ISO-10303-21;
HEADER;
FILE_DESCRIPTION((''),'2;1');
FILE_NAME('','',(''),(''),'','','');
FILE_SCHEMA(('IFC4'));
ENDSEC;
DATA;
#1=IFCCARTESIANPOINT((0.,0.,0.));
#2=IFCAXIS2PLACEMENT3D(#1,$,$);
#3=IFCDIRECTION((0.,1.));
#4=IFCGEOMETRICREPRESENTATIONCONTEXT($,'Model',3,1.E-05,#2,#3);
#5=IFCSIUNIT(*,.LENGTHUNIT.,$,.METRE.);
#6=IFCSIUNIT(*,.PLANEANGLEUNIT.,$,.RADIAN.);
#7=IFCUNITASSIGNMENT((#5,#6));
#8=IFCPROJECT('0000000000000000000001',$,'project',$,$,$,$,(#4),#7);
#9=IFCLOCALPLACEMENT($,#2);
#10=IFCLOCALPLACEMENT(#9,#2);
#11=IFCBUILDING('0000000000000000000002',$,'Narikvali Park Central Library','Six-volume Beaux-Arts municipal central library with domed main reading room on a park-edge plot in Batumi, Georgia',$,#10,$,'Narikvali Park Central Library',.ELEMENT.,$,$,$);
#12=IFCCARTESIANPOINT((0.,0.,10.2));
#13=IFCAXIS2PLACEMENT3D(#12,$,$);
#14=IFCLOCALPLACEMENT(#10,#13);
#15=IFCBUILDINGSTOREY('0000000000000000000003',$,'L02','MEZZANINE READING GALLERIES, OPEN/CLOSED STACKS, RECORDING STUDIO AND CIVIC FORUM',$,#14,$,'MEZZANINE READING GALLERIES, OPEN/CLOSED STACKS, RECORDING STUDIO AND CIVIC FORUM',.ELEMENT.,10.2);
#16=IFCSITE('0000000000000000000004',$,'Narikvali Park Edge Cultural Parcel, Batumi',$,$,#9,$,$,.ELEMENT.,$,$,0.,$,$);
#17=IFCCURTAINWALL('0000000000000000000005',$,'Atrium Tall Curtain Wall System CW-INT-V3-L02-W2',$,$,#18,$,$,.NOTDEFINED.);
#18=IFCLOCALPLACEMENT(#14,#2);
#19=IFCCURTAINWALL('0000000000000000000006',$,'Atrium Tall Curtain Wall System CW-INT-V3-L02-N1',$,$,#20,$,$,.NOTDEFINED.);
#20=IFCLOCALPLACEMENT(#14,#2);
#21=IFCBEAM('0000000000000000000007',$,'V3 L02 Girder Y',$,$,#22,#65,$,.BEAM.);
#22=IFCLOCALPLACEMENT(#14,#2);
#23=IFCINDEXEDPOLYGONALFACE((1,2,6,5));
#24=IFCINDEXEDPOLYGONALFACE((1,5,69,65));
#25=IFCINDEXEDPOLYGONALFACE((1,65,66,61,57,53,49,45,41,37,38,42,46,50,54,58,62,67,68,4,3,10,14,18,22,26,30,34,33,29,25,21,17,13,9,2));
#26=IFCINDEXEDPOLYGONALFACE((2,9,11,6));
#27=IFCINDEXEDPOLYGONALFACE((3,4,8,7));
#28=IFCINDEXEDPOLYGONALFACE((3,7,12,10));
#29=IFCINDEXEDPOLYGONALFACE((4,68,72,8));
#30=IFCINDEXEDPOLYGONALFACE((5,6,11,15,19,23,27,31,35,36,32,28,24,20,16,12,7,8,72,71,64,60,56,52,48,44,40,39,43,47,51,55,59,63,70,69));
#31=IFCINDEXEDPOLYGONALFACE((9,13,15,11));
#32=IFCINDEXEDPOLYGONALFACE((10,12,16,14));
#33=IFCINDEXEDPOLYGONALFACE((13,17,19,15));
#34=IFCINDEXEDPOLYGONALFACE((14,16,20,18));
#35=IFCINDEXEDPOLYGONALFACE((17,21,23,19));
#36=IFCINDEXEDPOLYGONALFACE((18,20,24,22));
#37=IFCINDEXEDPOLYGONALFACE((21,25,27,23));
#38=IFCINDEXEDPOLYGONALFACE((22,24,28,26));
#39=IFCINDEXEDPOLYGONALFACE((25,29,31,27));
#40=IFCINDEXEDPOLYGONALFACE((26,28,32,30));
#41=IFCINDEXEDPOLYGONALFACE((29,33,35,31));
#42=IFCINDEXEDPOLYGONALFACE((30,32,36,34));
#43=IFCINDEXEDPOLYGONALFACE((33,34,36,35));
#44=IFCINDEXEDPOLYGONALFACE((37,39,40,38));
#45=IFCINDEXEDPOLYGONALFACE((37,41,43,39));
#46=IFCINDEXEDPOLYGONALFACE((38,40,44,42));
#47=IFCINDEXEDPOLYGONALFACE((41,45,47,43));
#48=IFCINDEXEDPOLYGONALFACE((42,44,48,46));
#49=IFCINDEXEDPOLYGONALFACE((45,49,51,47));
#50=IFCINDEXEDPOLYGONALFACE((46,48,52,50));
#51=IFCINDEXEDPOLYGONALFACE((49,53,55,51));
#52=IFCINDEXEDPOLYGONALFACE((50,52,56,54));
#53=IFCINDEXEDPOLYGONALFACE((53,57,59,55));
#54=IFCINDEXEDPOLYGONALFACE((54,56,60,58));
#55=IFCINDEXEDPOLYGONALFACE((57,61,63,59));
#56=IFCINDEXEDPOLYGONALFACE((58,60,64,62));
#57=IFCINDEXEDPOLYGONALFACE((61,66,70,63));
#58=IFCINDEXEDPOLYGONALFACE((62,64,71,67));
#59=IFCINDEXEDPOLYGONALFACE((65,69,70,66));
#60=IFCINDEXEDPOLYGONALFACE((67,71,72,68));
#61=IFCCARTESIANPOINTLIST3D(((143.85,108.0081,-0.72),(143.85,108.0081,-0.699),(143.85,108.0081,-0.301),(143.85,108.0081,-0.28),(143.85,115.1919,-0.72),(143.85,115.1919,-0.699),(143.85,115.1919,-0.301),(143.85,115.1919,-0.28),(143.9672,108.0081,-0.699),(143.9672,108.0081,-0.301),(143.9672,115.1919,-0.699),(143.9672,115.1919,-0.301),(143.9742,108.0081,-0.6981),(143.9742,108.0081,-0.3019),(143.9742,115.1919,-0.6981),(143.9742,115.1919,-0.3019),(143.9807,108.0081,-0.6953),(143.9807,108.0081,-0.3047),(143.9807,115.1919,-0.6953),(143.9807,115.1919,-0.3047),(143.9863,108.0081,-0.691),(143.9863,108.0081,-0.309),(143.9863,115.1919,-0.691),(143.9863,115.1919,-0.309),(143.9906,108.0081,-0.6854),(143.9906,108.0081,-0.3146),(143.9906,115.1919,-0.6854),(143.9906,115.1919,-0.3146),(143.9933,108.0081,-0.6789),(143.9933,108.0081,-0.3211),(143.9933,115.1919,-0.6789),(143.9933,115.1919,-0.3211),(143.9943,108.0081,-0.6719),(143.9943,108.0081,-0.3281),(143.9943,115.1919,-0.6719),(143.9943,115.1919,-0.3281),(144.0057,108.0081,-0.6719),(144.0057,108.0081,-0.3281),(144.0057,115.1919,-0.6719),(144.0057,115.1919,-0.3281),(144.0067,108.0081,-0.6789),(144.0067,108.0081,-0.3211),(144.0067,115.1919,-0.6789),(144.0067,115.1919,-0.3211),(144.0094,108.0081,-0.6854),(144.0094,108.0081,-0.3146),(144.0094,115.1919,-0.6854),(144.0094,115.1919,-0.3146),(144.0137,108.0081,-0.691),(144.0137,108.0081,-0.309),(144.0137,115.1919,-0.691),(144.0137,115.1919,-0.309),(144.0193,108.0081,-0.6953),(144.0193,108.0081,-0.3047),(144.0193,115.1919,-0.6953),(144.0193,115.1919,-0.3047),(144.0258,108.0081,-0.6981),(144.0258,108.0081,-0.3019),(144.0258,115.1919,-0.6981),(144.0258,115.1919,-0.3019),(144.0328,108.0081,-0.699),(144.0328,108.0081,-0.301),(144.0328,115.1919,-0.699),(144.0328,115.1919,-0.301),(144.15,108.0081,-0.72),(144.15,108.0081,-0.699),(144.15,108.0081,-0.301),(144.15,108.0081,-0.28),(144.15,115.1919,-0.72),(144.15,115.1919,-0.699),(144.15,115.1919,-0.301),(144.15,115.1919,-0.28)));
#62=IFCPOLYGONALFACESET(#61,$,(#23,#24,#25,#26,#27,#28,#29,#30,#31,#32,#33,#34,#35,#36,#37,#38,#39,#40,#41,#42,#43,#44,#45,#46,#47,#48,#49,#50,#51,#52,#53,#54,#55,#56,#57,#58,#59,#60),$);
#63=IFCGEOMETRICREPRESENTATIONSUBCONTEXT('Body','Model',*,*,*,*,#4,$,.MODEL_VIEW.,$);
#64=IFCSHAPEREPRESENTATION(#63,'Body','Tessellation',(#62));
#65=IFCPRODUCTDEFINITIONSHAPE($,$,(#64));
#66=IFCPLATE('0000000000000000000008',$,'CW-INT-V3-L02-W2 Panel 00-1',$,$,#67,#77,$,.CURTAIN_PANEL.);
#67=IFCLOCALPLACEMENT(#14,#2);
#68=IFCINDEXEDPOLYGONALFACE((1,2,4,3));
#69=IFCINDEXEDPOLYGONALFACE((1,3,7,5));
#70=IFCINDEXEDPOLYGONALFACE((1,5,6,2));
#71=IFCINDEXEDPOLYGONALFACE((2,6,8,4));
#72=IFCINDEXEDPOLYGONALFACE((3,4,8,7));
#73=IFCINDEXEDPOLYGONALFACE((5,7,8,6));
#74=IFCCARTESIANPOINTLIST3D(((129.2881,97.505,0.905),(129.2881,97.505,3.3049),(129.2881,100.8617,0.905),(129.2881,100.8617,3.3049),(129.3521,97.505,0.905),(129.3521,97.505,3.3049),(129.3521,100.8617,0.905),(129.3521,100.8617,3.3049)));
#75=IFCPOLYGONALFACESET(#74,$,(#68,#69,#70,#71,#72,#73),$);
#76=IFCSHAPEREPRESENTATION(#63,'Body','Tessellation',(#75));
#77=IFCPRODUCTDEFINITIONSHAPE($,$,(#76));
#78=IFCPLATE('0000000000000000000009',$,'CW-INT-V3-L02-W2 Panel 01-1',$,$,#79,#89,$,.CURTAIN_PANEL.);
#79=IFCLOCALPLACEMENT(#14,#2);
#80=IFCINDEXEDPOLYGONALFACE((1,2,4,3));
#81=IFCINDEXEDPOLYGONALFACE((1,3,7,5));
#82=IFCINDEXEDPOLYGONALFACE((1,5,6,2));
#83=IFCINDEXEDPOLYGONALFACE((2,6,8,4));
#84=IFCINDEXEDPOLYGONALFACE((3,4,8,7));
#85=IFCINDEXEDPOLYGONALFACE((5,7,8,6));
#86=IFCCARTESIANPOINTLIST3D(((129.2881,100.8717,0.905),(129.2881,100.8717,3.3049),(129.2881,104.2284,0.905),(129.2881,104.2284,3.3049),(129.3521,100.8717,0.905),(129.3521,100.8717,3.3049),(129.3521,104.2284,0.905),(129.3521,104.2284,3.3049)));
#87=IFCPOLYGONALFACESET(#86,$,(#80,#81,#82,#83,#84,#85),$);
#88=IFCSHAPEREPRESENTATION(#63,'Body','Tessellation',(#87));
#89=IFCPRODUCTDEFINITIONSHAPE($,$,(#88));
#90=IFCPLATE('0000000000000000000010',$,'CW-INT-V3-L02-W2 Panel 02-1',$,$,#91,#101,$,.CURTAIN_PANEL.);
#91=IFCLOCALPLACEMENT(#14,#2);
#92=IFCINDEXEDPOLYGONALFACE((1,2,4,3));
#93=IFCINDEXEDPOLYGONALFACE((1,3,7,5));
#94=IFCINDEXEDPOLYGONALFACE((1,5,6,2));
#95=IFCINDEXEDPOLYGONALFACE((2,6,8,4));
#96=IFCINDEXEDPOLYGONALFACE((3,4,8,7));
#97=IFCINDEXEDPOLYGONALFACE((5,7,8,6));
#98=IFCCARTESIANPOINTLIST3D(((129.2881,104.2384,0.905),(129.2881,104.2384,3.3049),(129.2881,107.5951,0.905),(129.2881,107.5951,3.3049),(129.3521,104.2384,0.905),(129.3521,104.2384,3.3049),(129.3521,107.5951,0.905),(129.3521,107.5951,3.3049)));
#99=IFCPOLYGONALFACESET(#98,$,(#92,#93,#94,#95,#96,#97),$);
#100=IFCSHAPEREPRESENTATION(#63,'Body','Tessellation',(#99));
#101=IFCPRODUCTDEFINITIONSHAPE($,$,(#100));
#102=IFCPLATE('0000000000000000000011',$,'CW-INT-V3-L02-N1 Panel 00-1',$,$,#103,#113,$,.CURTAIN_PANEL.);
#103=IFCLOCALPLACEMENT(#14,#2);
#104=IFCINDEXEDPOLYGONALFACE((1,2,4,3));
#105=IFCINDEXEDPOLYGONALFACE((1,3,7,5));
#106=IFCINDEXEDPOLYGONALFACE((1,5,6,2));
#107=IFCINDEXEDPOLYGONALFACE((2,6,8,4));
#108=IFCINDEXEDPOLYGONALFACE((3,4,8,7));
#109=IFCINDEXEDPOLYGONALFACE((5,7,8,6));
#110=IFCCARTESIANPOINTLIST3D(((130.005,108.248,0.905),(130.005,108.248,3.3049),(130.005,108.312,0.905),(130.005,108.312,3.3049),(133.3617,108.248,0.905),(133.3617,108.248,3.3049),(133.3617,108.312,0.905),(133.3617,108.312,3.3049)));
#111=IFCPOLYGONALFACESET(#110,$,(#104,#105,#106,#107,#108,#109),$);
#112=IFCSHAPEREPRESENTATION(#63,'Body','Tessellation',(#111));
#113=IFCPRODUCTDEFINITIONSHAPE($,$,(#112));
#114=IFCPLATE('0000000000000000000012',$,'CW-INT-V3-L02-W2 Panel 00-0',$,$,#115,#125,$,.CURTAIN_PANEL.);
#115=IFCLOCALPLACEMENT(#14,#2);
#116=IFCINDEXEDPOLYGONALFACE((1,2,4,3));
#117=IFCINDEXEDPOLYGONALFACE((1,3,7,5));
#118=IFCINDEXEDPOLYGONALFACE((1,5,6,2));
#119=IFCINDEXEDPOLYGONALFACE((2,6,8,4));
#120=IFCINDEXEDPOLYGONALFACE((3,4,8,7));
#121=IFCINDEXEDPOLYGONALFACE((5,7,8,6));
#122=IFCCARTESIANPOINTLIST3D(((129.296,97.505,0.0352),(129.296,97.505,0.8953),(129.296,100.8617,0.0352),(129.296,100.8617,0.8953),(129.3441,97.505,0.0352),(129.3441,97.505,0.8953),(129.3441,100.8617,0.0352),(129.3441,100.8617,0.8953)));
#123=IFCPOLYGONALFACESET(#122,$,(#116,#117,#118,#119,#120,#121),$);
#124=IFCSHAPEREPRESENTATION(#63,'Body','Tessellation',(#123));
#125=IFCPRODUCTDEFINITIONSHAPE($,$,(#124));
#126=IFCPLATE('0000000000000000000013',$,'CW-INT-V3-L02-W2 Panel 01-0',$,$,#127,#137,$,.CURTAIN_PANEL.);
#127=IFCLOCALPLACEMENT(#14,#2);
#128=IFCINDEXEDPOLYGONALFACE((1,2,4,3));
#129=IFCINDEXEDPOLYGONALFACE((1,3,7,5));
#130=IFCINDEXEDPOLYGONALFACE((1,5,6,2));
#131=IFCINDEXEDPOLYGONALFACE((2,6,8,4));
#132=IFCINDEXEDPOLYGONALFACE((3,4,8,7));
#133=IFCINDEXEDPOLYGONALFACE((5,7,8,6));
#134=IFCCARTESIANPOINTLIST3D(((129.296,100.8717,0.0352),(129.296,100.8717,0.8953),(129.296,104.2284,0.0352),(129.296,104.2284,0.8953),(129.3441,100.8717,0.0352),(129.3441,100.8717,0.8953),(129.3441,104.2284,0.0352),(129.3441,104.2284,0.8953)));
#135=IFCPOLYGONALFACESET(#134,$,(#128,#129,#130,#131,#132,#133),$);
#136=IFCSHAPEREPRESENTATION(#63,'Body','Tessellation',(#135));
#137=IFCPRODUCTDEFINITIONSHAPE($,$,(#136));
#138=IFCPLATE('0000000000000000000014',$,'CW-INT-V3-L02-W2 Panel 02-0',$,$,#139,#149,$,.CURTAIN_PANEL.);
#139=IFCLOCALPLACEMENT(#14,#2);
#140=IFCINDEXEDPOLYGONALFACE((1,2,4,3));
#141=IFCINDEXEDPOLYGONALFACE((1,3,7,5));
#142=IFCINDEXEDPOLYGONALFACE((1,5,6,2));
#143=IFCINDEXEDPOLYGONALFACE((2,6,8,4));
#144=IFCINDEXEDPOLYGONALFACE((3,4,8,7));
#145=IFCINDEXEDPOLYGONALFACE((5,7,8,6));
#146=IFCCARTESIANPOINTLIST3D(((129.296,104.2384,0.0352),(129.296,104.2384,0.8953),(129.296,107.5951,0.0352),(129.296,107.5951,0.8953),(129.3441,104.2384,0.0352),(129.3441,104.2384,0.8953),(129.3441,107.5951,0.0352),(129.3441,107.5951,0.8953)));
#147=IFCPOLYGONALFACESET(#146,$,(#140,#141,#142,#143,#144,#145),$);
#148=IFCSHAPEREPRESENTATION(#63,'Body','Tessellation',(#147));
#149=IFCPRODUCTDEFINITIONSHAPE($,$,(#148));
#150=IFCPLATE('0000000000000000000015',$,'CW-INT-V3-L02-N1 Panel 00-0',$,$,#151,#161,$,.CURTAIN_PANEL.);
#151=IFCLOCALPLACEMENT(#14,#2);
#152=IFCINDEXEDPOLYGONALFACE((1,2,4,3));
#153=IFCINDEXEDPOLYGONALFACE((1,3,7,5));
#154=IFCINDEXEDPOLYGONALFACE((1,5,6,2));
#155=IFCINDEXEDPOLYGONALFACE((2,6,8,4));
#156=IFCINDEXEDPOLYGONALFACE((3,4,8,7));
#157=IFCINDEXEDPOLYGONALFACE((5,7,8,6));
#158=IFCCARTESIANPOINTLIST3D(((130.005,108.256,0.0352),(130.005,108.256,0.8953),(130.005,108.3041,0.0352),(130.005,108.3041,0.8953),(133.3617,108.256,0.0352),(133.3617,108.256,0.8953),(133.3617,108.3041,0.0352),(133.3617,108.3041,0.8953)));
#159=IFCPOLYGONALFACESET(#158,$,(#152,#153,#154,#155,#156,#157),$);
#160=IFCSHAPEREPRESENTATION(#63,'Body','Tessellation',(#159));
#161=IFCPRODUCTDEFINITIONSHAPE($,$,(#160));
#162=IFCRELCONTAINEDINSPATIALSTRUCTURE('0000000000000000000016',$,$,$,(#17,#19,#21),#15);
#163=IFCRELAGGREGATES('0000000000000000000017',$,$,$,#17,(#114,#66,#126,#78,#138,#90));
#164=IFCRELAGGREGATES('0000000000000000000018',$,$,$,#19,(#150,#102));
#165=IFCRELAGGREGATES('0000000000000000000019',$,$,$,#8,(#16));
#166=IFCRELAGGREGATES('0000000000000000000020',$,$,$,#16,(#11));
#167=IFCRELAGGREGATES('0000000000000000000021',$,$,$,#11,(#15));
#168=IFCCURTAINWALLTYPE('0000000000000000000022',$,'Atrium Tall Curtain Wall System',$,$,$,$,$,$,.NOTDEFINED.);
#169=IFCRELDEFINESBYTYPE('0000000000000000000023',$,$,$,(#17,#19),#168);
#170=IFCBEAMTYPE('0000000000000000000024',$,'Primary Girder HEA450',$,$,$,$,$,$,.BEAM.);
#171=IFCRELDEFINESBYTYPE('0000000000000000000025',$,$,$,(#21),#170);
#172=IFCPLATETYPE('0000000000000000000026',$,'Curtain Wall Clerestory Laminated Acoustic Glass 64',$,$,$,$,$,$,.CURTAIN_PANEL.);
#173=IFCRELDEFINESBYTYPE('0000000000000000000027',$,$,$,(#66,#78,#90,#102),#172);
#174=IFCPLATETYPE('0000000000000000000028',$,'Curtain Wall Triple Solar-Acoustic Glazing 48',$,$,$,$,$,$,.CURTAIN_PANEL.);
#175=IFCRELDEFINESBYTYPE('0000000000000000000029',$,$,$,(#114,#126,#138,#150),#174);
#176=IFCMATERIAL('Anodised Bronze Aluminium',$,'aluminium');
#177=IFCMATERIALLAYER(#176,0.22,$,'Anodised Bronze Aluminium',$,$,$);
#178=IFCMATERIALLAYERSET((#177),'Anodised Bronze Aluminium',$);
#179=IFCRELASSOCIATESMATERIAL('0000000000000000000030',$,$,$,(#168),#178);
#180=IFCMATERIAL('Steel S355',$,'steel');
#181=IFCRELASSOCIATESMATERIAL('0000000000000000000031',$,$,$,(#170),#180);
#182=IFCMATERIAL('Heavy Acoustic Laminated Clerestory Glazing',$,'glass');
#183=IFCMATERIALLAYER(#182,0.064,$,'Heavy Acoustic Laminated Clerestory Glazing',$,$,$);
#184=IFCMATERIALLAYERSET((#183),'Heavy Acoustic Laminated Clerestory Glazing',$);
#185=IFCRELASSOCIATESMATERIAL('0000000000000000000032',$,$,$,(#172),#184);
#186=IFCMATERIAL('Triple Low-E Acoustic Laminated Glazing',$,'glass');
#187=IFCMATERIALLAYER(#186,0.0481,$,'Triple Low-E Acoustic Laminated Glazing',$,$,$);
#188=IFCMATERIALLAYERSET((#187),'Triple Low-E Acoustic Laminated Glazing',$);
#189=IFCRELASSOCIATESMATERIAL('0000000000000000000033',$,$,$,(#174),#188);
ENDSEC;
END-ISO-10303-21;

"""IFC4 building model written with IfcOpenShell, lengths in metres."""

from ifc_helpers import new_model, si_unit, direction, frame, origin, origin_2d, place, context, subcontext, project, spatial, rectangle, i_section, extrude, material, layer, layer_set, material_profile, profile_set, type_object, element, aggregate, save


model = new_model("IFC4")

# Units and contexts
model_context = context("Model", 3, precision=1e-05, world=origin(), true_north=direction((0.0, 1.0)))
body_context = subcontext(model_context, "Body", "Model", "MODEL_VIEW")
ifc_project = project(units=[si_unit("LENGTHUNIT", "METRE"), si_unit("PLANEANGLEUNIT", "RADIAN")], contexts=[model_context])

# Site, building, storey
site_placement = place(None, origin())
site = spatial("IfcSite", under=ifc_project, at=site_placement, Name="Narikvali Park Edge Cultural Parcel, Batumi", CompositionType="ELEMENT", RefElevation=0.0)
building_placement = place(site_placement, origin())
building = spatial("IfcBuilding", under=site, at=building_placement, Name="Narikvali Park Central Library", Description="Six-volume Beaux-Arts municipal central library with domed main reading room on a park-edge plot in Batumi, Georgia", LongName="Narikvali Park Central Library", CompositionType="ELEMENT")
storey_placement = place(building_placement, frame((0.0, 0.0, 10.2)))
storey = spatial("IfcBuildingStorey", under=building, at=storey_placement, Name="L02", Description="MEZZANINE READING GALLERIES, OPEN/CLOSED STACKS, RECORDING STUDIO AND CIVIC FORUM", LongName="MEZZANINE READING GALLERIES, OPEN/CLOSED STACKS, RECORDING STUDIO AND CIVIC FORUM", CompositionType="ELEMENT", Elevation=10.2)

# Shared definitions
ifc_material_1 = material(Name="Steel S355", Category="steel")

# Curtain wall
ifc_material_2 = material(Name="Anodised Bronze Aluminium", Category="aluminium")
ifc_layer_1 = layer(ifc_material_2, 0.22, Name="Anodised Bronze Aluminium")
ifc_layer_set_1 = layer_set([ifc_layer_1], Name="Anodised Bronze Aluminium")
curtain_wall_type = type_object("IfcCurtainWallType", Name="Atrium Tall Curtain Wall System", PredefinedType="NOTDEFINED", material=ifc_layer_set_1)
curtain_wall_1_placement = place(storey_placement, origin())
curtain_wall_1 = element("IfcCurtainWall", 1, at=curtain_wall_1_placement, inside=storey, type_object=curtain_wall_type, Name="Atrium Tall Curtain Wall System CW-INT-V3-L02-W2", PredefinedType="NOTDEFINED")

# Curtain wall
curtain_wall_2_placement = place(storey_placement, origin())
curtain_wall_2 = element("IfcCurtainWall", 2, at=curtain_wall_2_placement, inside=storey, type_object=curtain_wall_type, Name="Atrium Tall Curtain Wall System CW-INT-V3-L02-N1", PredefinedType="NOTDEFINED")

# Beam
ifc_material_profile_1 = material_profile(ifc_material_1, i_section(OverallWidth=0.3, OverallDepth=0.4399, WebThickness=0.0115, FlangeThickness=0.021, FilletRadius=0.0271, at=origin_2d()), Name="HEA 450")
ifc_profile_set_1 = profile_set([ifc_material_profile_1], Name="Steel S355")
beam_type = type_object("IfcBeamType", Name="Primary Girder HEA450", PredefinedType="BEAM", material=ifc_profile_set_1)
for number, where, z_axis, x_axis, name in (
    (3, (144.0, 108.0081, -0.5), (0.0, 1.0, 0.0), (-1.0, 0.0, 0.0), "V3 L02 Girder Y"),
):
    element("IfcBeam", number, at=place(storey_placement, frame(where, z_axis=z_axis, x_axis=x_axis)), inside=storey, type_object=beam_type, Name=name, PredefinedType="BEAM", context=body_context, shape_type="SweptSolid", body=[
        extrude(i_section(OverallWidth=0.3, OverallDepth=0.4399, WebThickness=0.0115, FlangeThickness=0.021, FilletRadius=0.0271, at=origin_2d()), origin(), (0.0, 0.0, 1.0), 7.1838),
    ])

# Plates
ifc_material_3 = material(Name="Heavy Acoustic Laminated Clerestory Glazing", Category="glass")
ifc_layer_2 = layer(ifc_material_3, 0.064, Name="Heavy Acoustic Laminated Clerestory Glazing")
ifc_layer_set_2 = layer_set([ifc_layer_2], Name="Heavy Acoustic Laminated Clerestory Glazing")
plate_type_1 = type_object("IfcPlateType", Name="Curtain Wall Clerestory Laminated Acoustic Glass 64", PredefinedType="CURTAIN_PANEL", material=ifc_layer_set_2)
plate_1_placement = place(storey_placement, frame((129.3201, 99.1833, 0.905), z_axis=(0.0, 0.0, 1.0), x_axis=(0.0, 1.0, 0.0)))
plate_1 = element("IfcPlate", 4, at=plate_1_placement, type_object=plate_type_1, Name="CW-INT-V3-L02-W2 Panel 00-1", PredefinedType="CURTAIN_PANEL", context=body_context, shape_type="SweptSolid", body=[
    extrude(rectangle(XDim=3.3567, YDim=0.064, at=origin_2d()), origin(), (0.0, 0.0, 1.0), 2.3999),
])
plate_2_placement = place(storey_placement, frame((129.3201, 102.55, 0.905), z_axis=(0.0, 0.0, 1.0), x_axis=(0.0, 1.0, 0.0)))
plate_2 = element("IfcPlate", 5, at=plate_2_placement, type_object=plate_type_1, Name="CW-INT-V3-L02-W2 Panel 01-1", PredefinedType="CURTAIN_PANEL", context=body_context, shape_type="SweptSolid", body=[
    extrude(rectangle(XDim=3.3567, YDim=0.064, at=origin_2d()), origin(), (0.0, 0.0, 1.0), 2.3999),
])
plate_3_placement = place(storey_placement, frame((129.3201, 105.9167, 0.905), z_axis=(0.0, 0.0, 1.0), x_axis=(0.0, 1.0, 0.0)))
plate_3 = element("IfcPlate", 6, at=plate_3_placement, type_object=plate_type_1, Name="CW-INT-V3-L02-W2 Panel 02-1", PredefinedType="CURTAIN_PANEL", context=body_context, shape_type="SweptSolid", body=[
    extrude(rectangle(XDim=3.3567, YDim=0.064, at=origin_2d()), origin(), (0.0, 0.0, 1.0), 2.3999),
])
plate_4_placement = place(storey_placement, frame((131.6833, 108.28, 0.905), z_axis=(0.0, 0.0, 1.0), x_axis=(1.0, 0.0, 0.0)))
plate_4 = element("IfcPlate", 7, at=plate_4_placement, type_object=plate_type_1, Name="CW-INT-V3-L02-N1 Panel 00-1", PredefinedType="CURTAIN_PANEL", context=body_context, shape_type="SweptSolid", body=[
    extrude(rectangle(XDim=3.3567, YDim=0.064, at=origin_2d()), origin(), (0.0, 0.0, 1.0), 2.3999),
])
ifc_material_4 = material(Name="Triple Low-E Acoustic Laminated Glazing", Category="glass")
ifc_layer_3 = layer(ifc_material_4, 0.0481, Name="Triple Low-E Acoustic Laminated Glazing")
ifc_layer_set_3 = layer_set([ifc_layer_3], Name="Triple Low-E Acoustic Laminated Glazing")
plate_type_2 = type_object("IfcPlateType", Name="Curtain Wall Triple Solar-Acoustic Glazing 48", PredefinedType="CURTAIN_PANEL", material=ifc_layer_set_3)
plate_5_placement = place(storey_placement, frame((129.3201, 99.1833, 0.0352), z_axis=(0.0, 0.0, 1.0), x_axis=(0.0, 1.0, 0.0)))
plate_5 = element("IfcPlate", 8, at=plate_5_placement, type_object=plate_type_2, Name="CW-INT-V3-L02-W2 Panel 00-0", PredefinedType="CURTAIN_PANEL", context=body_context, shape_type="SweptSolid", body=[
    extrude(rectangle(XDim=3.3567, YDim=0.0481, at=origin_2d()), origin(), (0.0, 0.0, 1.0), 0.8601),
])
plate_6_placement = place(storey_placement, frame((129.3201, 102.55, 0.0352), z_axis=(0.0, 0.0, 1.0), x_axis=(0.0, 1.0, 0.0)))
plate_6 = element("IfcPlate", 9, at=plate_6_placement, type_object=plate_type_2, Name="CW-INT-V3-L02-W2 Panel 01-0", PredefinedType="CURTAIN_PANEL", context=body_context, shape_type="SweptSolid", body=[
    extrude(rectangle(XDim=3.3567, YDim=0.0481, at=origin_2d()), origin(), (0.0, 0.0, 1.0), 0.8601),
])
plate_7_placement = place(storey_placement, frame((129.3201, 105.9167, 0.0352), z_axis=(0.0, 0.0, 1.0), x_axis=(0.0, 1.0, 0.0)))
plate_7 = element("IfcPlate", 10, at=plate_7_placement, type_object=plate_type_2, Name="CW-INT-V3-L02-W2 Panel 02-0", PredefinedType="CURTAIN_PANEL", context=body_context, shape_type="SweptSolid", body=[
    extrude(rectangle(XDim=3.3567, YDim=0.0481, at=origin_2d()), origin(), (0.0, 0.0, 1.0), 0.8601),
])
aggregate(curtain_wall_1, [plate_5, plate_1, plate_6, plate_2, plate_7, plate_3])
plate_8_placement = place(storey_placement, frame((131.6833, 108.28, 0.0352), z_axis=(0.0, 0.0, 1.0), x_axis=(1.0, 0.0, 0.0)))
plate_8 = element("IfcPlate", 11, at=plate_8_placement, type_object=plate_type_2, Name="CW-INT-V3-L02-N1 Panel 00-0", PredefinedType="CURTAIN_PANEL", context=body_context, shape_type="SweptSolid", body=[
    extrude(rectangle(XDim=3.3567, YDim=0.0481, at=origin_2d()), origin(), (0.0, 0.0, 1.0), 0.8601),
])
aggregate(curtain_wall_2, [plate_8, plate_4])

save(model, "model.ifc")
